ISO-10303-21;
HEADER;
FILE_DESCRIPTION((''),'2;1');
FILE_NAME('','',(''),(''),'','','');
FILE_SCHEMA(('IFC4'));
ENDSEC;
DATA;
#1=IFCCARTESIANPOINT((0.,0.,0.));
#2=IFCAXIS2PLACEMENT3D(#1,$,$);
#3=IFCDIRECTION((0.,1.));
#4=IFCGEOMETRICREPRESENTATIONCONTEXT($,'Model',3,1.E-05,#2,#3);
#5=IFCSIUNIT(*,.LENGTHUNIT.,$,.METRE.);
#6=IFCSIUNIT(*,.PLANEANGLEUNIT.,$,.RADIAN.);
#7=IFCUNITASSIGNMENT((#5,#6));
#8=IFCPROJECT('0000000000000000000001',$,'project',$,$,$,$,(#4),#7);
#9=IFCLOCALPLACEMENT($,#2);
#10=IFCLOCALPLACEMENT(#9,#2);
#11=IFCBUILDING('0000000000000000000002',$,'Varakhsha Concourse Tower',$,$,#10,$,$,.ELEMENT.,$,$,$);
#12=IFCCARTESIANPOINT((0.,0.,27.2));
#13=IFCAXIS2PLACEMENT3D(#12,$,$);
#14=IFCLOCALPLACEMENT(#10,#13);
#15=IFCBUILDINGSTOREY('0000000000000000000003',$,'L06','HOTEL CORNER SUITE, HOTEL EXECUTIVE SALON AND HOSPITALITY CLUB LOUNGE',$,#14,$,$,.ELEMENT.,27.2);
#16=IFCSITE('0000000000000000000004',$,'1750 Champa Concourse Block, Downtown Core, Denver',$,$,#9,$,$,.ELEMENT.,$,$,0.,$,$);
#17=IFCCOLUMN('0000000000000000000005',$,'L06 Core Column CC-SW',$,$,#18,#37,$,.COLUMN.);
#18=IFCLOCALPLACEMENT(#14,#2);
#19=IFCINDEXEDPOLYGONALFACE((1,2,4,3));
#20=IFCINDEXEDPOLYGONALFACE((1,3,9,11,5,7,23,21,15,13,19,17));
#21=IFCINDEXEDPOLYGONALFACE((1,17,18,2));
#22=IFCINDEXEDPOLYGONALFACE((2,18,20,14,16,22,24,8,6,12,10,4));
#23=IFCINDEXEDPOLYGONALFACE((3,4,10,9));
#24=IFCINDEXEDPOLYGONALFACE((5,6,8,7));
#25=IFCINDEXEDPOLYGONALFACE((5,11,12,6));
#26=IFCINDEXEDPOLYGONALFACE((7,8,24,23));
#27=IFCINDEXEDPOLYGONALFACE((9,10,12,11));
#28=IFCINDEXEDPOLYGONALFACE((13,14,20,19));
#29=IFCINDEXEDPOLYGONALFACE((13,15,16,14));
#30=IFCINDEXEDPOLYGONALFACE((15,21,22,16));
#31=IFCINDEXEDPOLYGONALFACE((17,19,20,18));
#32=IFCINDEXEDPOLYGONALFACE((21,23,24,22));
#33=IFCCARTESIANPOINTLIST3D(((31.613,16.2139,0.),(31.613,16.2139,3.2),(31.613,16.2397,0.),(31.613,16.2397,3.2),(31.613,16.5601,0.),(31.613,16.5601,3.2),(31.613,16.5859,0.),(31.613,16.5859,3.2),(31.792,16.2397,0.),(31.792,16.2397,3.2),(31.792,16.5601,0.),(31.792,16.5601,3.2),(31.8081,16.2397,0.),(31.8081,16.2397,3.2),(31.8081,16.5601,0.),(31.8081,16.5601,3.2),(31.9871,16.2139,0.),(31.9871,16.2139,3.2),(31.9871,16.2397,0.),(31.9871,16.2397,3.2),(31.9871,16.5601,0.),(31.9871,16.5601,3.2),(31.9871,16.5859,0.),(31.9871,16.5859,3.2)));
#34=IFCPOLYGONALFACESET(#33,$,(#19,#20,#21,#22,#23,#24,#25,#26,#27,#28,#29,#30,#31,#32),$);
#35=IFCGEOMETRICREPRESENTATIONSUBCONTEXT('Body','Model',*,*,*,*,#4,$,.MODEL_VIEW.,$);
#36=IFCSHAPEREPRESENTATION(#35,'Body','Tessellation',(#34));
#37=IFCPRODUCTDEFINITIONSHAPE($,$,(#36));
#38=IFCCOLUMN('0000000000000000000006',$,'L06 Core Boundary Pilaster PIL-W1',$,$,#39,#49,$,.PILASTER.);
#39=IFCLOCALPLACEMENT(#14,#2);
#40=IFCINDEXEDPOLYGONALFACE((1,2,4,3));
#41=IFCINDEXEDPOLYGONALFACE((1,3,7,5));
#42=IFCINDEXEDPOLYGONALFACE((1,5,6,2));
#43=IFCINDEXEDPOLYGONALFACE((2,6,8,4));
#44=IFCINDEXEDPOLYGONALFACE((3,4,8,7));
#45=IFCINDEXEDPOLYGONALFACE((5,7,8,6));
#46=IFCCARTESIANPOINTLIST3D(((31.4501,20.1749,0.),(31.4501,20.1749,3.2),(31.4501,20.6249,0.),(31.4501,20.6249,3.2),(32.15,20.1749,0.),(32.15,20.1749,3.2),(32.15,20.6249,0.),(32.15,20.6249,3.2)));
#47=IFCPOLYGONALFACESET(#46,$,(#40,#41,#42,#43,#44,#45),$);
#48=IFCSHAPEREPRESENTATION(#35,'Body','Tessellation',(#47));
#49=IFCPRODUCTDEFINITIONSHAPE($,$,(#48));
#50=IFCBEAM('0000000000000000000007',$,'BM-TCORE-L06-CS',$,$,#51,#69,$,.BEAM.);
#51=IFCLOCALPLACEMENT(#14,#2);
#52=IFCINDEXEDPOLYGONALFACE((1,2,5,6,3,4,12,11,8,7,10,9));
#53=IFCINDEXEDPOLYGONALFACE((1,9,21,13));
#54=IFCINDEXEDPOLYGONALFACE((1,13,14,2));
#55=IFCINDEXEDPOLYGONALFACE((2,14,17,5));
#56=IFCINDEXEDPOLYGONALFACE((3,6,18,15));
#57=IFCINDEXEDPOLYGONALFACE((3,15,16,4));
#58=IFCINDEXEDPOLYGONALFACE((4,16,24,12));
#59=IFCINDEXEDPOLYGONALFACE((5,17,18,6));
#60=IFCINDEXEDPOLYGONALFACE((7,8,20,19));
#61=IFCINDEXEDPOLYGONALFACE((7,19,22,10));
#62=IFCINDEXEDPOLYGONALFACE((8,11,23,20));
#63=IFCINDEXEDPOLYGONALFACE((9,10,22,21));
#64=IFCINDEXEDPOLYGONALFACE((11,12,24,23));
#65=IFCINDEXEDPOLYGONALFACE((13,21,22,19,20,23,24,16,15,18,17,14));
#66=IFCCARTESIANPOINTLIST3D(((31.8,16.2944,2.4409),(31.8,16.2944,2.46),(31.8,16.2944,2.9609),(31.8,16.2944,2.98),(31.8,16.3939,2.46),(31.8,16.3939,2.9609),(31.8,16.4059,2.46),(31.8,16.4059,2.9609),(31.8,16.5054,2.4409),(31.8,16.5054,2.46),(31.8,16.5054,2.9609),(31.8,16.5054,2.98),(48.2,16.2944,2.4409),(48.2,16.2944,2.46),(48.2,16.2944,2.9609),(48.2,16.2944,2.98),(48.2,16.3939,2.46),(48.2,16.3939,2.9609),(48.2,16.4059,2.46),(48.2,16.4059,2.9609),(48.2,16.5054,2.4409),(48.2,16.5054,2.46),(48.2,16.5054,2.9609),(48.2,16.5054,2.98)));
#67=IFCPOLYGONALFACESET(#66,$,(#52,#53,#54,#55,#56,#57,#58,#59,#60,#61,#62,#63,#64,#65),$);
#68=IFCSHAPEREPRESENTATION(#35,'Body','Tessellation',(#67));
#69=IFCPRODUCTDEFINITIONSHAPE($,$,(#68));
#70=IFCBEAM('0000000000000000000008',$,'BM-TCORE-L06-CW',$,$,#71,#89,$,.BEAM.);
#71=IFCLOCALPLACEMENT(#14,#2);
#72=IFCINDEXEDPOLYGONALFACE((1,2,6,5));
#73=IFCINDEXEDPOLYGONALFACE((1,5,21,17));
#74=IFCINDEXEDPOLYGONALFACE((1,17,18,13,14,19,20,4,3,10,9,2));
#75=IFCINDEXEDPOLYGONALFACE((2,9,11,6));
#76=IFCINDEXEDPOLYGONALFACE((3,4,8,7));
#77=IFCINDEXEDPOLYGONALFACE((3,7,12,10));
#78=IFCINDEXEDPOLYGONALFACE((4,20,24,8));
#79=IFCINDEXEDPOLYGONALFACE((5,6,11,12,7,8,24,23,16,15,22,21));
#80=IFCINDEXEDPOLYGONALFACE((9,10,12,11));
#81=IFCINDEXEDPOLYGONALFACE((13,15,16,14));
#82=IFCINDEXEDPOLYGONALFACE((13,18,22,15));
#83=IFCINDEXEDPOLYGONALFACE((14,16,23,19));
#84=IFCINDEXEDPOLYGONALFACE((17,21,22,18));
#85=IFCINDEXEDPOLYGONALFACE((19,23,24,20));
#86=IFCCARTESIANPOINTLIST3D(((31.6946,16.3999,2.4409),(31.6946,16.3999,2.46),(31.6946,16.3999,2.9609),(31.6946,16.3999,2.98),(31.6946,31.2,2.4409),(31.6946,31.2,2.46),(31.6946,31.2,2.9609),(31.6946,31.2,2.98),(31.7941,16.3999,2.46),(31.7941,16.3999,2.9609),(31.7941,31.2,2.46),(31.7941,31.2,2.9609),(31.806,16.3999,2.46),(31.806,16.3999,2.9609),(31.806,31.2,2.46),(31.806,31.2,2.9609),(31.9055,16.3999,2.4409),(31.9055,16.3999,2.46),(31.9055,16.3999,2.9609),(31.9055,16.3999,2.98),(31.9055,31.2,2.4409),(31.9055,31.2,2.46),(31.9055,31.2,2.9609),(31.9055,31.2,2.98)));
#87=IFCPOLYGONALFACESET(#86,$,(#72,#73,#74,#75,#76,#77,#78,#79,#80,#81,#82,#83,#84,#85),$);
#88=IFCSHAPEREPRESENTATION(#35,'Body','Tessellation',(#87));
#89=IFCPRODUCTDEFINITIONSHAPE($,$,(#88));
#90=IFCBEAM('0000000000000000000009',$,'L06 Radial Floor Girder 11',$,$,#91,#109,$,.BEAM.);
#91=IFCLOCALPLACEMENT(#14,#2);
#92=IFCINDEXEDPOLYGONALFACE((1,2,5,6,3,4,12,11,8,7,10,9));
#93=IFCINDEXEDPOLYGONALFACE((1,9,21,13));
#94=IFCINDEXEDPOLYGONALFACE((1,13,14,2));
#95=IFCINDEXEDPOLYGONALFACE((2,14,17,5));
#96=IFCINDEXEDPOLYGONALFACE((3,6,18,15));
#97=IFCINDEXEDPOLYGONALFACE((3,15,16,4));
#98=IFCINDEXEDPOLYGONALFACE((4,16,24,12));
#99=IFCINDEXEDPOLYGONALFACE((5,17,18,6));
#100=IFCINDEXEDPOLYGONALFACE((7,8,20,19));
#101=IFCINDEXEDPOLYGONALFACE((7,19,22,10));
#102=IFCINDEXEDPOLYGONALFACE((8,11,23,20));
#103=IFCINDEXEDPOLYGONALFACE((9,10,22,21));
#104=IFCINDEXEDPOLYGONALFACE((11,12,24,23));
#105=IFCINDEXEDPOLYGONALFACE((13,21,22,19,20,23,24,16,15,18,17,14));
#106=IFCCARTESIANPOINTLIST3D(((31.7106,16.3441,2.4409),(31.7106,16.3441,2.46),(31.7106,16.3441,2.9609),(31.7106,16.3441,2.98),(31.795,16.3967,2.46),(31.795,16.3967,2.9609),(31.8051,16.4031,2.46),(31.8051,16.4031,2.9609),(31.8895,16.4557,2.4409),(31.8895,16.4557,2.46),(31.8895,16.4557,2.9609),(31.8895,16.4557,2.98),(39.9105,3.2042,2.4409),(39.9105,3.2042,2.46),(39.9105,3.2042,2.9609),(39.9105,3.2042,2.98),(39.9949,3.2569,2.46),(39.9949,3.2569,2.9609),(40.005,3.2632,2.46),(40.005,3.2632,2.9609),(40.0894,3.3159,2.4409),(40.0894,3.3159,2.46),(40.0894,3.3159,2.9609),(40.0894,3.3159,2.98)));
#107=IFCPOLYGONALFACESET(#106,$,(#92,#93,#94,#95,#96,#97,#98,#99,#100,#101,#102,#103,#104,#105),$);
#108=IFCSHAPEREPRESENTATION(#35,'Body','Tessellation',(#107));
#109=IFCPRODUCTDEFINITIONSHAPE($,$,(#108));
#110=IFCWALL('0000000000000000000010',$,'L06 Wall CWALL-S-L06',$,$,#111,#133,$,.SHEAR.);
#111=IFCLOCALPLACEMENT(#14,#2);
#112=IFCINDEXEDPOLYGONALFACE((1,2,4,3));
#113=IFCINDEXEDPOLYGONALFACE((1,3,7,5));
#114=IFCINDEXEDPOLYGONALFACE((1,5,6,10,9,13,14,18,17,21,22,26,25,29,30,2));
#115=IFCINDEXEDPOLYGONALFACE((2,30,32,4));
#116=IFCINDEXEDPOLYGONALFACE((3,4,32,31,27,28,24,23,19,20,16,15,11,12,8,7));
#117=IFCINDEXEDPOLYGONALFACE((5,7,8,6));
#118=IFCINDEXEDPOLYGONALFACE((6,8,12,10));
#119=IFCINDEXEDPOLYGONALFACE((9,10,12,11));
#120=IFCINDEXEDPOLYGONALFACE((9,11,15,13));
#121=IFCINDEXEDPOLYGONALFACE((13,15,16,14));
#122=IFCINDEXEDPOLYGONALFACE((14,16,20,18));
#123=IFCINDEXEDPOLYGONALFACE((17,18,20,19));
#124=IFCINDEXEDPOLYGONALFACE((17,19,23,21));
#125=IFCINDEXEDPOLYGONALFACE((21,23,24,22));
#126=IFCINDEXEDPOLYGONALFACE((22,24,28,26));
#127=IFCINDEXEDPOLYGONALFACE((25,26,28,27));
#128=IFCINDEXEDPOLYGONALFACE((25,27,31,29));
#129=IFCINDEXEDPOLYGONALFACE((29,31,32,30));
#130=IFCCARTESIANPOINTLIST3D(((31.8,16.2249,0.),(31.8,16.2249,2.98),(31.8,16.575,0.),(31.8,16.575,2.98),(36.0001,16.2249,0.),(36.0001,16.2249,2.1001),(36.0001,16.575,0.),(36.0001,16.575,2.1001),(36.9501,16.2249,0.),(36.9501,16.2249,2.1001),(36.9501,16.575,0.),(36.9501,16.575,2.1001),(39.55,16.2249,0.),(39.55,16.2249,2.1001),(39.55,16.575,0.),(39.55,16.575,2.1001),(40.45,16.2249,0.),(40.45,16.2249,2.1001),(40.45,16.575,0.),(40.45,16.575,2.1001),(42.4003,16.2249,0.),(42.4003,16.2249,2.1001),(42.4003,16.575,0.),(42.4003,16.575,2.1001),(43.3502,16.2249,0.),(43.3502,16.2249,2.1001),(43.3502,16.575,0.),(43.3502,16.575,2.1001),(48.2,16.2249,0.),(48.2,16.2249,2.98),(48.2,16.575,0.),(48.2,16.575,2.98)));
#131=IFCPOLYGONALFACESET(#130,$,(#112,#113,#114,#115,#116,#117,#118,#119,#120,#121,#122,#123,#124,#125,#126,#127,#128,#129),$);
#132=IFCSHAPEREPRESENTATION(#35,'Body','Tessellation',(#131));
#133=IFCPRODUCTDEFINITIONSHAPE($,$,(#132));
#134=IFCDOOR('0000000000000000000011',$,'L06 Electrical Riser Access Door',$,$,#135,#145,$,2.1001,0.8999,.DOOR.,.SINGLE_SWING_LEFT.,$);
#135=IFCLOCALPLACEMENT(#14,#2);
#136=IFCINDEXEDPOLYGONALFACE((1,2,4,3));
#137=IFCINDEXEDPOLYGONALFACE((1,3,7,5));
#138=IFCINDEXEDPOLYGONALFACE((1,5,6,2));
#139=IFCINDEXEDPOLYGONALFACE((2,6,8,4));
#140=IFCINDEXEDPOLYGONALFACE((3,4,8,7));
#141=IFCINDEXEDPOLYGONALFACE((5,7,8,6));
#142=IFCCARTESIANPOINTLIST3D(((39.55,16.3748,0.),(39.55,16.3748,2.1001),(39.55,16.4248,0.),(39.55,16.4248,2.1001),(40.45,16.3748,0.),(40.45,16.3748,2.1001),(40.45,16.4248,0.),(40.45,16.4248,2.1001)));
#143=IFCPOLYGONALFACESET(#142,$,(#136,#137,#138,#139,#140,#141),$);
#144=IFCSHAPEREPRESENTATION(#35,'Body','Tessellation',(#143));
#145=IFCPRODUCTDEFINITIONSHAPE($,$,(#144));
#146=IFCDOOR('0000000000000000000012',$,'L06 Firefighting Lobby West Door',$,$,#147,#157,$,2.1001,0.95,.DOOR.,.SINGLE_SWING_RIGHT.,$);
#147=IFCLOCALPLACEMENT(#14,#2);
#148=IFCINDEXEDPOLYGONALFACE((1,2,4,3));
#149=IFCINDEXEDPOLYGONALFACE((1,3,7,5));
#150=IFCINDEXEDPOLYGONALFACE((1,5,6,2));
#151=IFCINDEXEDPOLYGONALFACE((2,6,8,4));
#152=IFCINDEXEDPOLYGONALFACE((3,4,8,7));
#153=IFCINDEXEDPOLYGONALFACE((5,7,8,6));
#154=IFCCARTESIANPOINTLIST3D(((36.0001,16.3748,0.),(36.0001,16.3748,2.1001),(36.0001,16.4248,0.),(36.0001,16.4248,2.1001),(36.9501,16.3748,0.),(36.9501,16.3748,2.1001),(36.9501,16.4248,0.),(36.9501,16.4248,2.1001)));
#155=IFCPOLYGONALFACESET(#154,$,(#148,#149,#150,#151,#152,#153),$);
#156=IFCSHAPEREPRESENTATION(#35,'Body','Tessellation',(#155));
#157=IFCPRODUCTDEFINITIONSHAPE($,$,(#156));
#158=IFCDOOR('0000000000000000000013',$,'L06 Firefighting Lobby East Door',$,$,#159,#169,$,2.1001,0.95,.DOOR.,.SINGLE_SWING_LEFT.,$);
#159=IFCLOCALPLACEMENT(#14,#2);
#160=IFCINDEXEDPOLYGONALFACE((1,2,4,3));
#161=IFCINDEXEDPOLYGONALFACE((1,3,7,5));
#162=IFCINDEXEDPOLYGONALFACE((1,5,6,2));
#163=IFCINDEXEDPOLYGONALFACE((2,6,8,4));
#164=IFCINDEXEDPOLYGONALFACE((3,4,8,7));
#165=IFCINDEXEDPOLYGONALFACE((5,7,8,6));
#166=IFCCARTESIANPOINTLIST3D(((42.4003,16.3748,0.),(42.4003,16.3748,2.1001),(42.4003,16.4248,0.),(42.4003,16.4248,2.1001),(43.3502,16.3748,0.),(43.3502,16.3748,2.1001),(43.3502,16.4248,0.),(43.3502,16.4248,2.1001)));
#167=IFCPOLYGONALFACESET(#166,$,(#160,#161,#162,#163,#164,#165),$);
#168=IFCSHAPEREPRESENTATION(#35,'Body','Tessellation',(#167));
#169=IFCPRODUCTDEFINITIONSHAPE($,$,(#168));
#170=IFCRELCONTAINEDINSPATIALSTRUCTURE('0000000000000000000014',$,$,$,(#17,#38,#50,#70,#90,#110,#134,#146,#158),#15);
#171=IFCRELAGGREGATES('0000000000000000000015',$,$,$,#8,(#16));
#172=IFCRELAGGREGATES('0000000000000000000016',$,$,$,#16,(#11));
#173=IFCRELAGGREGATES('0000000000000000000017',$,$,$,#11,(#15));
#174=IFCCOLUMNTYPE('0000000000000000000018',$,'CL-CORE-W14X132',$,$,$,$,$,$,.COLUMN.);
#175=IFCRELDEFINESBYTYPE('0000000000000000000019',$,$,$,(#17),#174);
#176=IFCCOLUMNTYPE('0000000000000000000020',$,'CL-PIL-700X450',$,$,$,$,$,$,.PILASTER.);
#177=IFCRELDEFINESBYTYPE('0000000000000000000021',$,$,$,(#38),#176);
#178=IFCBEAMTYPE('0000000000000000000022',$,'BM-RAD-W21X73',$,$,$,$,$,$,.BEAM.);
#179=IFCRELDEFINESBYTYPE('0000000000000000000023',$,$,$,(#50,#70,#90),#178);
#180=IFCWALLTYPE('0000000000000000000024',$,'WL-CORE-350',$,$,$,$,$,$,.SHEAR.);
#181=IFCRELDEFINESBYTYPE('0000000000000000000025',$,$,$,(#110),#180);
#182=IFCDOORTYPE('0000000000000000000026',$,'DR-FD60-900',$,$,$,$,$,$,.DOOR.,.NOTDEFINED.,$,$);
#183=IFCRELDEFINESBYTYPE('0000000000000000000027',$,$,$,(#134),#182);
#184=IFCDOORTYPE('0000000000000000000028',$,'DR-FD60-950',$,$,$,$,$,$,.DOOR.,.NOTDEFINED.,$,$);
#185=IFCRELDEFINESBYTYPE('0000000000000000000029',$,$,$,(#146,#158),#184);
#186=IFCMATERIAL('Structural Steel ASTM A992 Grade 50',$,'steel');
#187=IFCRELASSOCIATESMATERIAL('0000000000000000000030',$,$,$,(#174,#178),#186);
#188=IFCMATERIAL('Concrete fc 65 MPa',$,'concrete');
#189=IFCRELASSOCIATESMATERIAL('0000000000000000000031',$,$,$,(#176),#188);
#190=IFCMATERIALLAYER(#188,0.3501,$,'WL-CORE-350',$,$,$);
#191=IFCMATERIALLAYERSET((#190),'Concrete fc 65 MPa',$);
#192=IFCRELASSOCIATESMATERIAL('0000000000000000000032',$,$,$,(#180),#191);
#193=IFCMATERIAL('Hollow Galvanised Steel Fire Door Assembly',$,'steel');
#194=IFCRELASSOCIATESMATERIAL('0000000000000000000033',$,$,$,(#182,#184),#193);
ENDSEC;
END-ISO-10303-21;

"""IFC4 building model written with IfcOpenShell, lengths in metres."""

from ifc_helpers import new_model, si_unit, direction, frame, frame_2d, origin, origin_2d, place, context, subcontext, project, spatial, rectangle, i_section, extrude, material, layer, layer_set, material_profile, profile_set, type_object, element, fill, save


model = new_model("IFC4")

# Units and contexts
model_context = context("Model", 3, precision=1e-05, world=origin(), true_north=direction((0.0, 1.0)))
body_context = subcontext(model_context, "Body", "Model", "MODEL_VIEW")
ifc_project = project(units=[si_unit("LENGTHUNIT", "METRE"), si_unit("PLANEANGLEUNIT", "RADIAN")], contexts=[model_context])

# Site, building, storey
site_placement = place(None, origin())
site = spatial("IfcSite", under=ifc_project, at=site_placement, Name="1750 Champa Concourse Block, Downtown Core, Denver", CompositionType="ELEMENT", RefElevation=0.0)
building_placement = place(site_placement, origin())
building = spatial("IfcBuilding", under=site, at=building_placement, Name="Varakhsha Concourse Tower", CompositionType="ELEMENT")
storey_placement = place(building_placement, frame((0.0, 0.0, 27.2)))
storey = spatial("IfcBuildingStorey", under=building, at=storey_placement, Name="L06", Description="HOTEL CORNER SUITE, HOTEL EXECUTIVE SALON AND HOSPITALITY CLUB LOUNGE", CompositionType="ELEMENT", Elevation=27.2)

# Columns
ifc_material_1 = material(Name="Structural Steel ASTM A992 Grade 50", Category="steel")
ifc_material_profile_1 = material_profile(ifc_material_1, i_section(OverallWidth=0.374, OverallDepth=0.3721, WebThickness=0.0161, FlangeThickness=0.0259, at=origin_2d()), Name="W14X132")
ifc_profile_set_1 = profile_set([ifc_material_profile_1], Name="Structural Steel ASTM A992 Grade 50")
column_type_1 = type_object("IfcColumnType", Name="CL-CORE-W14X132", PredefinedType="COLUMN", material=ifc_profile_set_1)
column_1_placement = place(storey_placement, frame((31.8, 16.3999, 0.0), z_axis=(0.0, 0.0, 1.0), x_axis=(1.0, 0.0, 0.0)))
element("IfcColumn", 1, at=column_1_placement, inside=storey, type_object=column_type_1, Name="L06 Core Column CC-SW", PredefinedType="COLUMN", context=body_context, shape_type="SweptSolid", body=[
    extrude(i_section(OverallWidth=0.374, OverallDepth=0.3721, WebThickness=0.0161, FlangeThickness=0.0259, at=origin_2d()), origin(), (0.0, 0.0, 1.0), 3.2),
])
ifc_material_2 = material(Name="Concrete fc 65 MPa", Category="concrete")
ifc_material_profile_2 = material_profile(ifc_material_2, rectangle(XDim=0.7, YDim=0.45, at=origin_2d()), Name="RC 700x450")
ifc_profile_set_2 = profile_set([ifc_material_profile_2], Name="Concrete fc 65 MPa")
column_type_2 = type_object("IfcColumnType", Name="CL-PIL-700X450", PredefinedType="PILASTER", material=ifc_profile_set_2)
column_2_placement = place(storey_placement, frame((31.8, 20.3999, 0.0), z_axis=(0.0, 0.0, 1.0), x_axis=(1.0, 0.0, 0.0)))
element("IfcColumn", 2, at=column_2_placement, inside=storey, type_object=column_type_2, Name="L06 Core Boundary Pilaster PIL-W1", PredefinedType="PILASTER", context=body_context, shape_type="SweptSolid", body=[
    extrude(rectangle(XDim=0.7, YDim=0.45, at=origin_2d()), origin(), (0.0, 0.0, 1.0), 3.2),
])

# Beams
ifc_material_profile_3 = material_profile(ifc_material_1, i_section(OverallWidth=0.2109, OverallDepth=0.5391, WebThickness=0.012, FlangeThickness=0.019, at=origin_2d()), Name="W21X73")
ifc_profile_set_3 = profile_set([ifc_material_profile_3], Name="Structural Steel ASTM A992 Grade 50")
beam_type = type_object("IfcBeamType", Name="BM-RAD-W21X73", PredefinedType="BEAM", material=ifc_profile_set_3)
beam_1_placement = place(storey_placement, frame((31.8, 16.3999, 2.7104), z_axis=(1.0, 0.0, 0.0), x_axis=(0.0, 1.0, 0.0)))
element("IfcBeam", 3, at=beam_1_placement, inside=storey, type_object=beam_type, Name="BM-TCORE-L06-CS", PredefinedType="BEAM", context=body_context, shape_type="SweptSolid", body=[
    extrude(i_section(OverallWidth=0.2109, OverallDepth=0.5391, WebThickness=0.012, FlangeThickness=0.019, at=origin_2d()), origin(), (0.0, 0.0, 1.0), 16.3999),
])
beam_2_placement = place(storey_placement, frame((31.8, 16.3999, 2.7104), z_axis=(0.0, 1.0, 0.0), x_axis=(-1.0, 0.0, 0.0)))
element("IfcBeam", 4, at=beam_2_placement, inside=storey, type_object=beam_type, Name="BM-TCORE-L06-CW", PredefinedType="BEAM", context=body_context, shape_type="SweptSolid", body=[
    extrude(i_section(OverallWidth=0.2109, OverallDepth=0.5391, WebThickness=0.012, FlangeThickness=0.019, at=origin_2d()), origin(), (0.0, 0.0, 1.0), 14.8),
])
beam_3_placement = place(storey_placement, frame((31.8, 16.3999, 2.7104), z_axis=(0.529419, -0.84836, 0.0), x_axis=(0.84836, 0.529419, 0.0)))
element("IfcBeam", 5, at=beam_3_placement, inside=storey, type_object=beam_type, Name="L06 Radial Floor Girder 11", PredefinedType="BEAM", context=body_context, shape_type="SweptSolid", body=[
    extrude(i_section(OverallWidth=0.2109, OverallDepth=0.5391, WebThickness=0.012, FlangeThickness=0.019, at=origin_2d()), origin(), (0.0, 0.0, 1.0), 15.4885),
])

# Wall, openings, doors
ifc_layer_1 = layer(ifc_material_2, 0.3501, Name="WL-CORE-350")
ifc_layer_set_1 = layer_set([ifc_layer_1], Name="Concrete fc 65 MPa")
wall_type_1 = type_object("IfcWallType", Name="WL-CORE-350", PredefinedType="SHEAR", material=ifc_layer_set_1)
wall_1_placement = place(storey_placement, frame((31.8, 16.3999, 0.0), z_axis=(0.0, 0.0, 1.0), x_axis=(1.0, 0.0, 0.0)))
wall_1 = element("IfcWall", 6, at=wall_1_placement, inside=storey, type_object=wall_type_1, Name="L06 Wall CWALL-S-L06", PredefinedType="SHEAR", context=body_context, shape_type="SweptSolid", body=[
    extrude(rectangle(XDim=16.3999, YDim=0.3501, at=frame_2d((8.2, 0.0))), origin(), (0.0, 0.0, 1.0), 2.98),
])
opening_1_placement = place(wall_1_placement, frame((7.75, 0.0, 0.0)))
opening_1 = element("IfcOpeningElement", 7, at=opening_1_placement, cuts=wall_1, PredefinedType="OPENING", context=body_context, shape_type="SweptSolid", body=[
    extrude(rectangle(XDim=0.8999, YDim=2.1001, at=frame_2d((0.45, 1.05))), frame((0.0, 0.1851, 0.0), z_axis=(0.0, -1.0, 0.0), x_axis=(1.0, 0.0, 0.0)), (0.0, 0.0, 1.0), 0.3701),
])
opening_2_placement = place(wall_1_placement, frame((4.2, 0.0, 0.0)))
opening_2 = element("IfcOpeningElement", 8, at=opening_2_placement, cuts=wall_1, PredefinedType="OPENING", context=body_context, shape_type="SweptSolid", body=[
    extrude(rectangle(XDim=0.95, YDim=2.1001, at=frame_2d((0.4751, 1.05))), frame((0.0, 0.1851, 0.0), z_axis=(0.0, -1.0, 0.0), x_axis=(1.0, 0.0, 0.0)), (0.0, 0.0, 1.0), 0.3701),
])
opening_3_placement = place(wall_1_placement, frame((10.6001, 0.0, 0.0)))
opening_3 = element("IfcOpeningElement", 9, at=opening_3_placement, cuts=wall_1, PredefinedType="OPENING", context=body_context, shape_type="SweptSolid", body=[
    extrude(rectangle(XDim=0.95, YDim=2.1001, at=frame_2d((0.4751, 1.05))), frame((0.0, 0.1851, 0.0), z_axis=(0.0, -1.0, 0.0), x_axis=(1.0, 0.0, 0.0)), (0.0, 0.0, 1.0), 0.3701),
])
ifc_material_3 = material(Name="Hollow Galvanised Steel Fire Door Assembly", Category="steel")
door_type_1 = type_object("IfcDoorType", Name="DR-FD60-900", OperationType="NOTDEFINED", PredefinedType="DOOR", material=ifc_material_3)
door_1_placement = place(opening_1_placement, origin())
door_1 = element("IfcDoor", 10, at=door_1_placement, inside=storey, type_object=door_type_1, Name="L06 Electrical Riser Access Door", OperationType="SINGLE_SWING_LEFT", OverallHeight=2.1001, OverallWidth=0.8999, PredefinedType="DOOR", context=body_context, shape_type="SweptSolid", body=[
    extrude(rectangle(XDim=0.8999, YDim=2.1001, at=frame_2d((0.45, 1.05))), frame((0.0, 0.0249, 0.0), z_axis=(0.0, -1.0, 0.0), x_axis=(1.0, 0.0, 0.0)), (0.0, 0.0, 1.0), 0.05),
])
fill(opening_1, door_1)
door_type_2 = type_object("IfcDoorType", Name="DR-FD60-950", OperationType="NOTDEFINED", PredefinedType="DOOR", material=ifc_material_3)
door_2_placement = place(opening_2_placement, origin())
door_2 = element("IfcDoor", 11, at=door_2_placement, inside=storey, type_object=door_type_2, Name="L06 Firefighting Lobby West Door", OperationType="SINGLE_SWING_RIGHT", OverallHeight=2.1001, OverallWidth=0.95, PredefinedType="DOOR", context=body_context, shape_type="SweptSolid", body=[
    extrude(rectangle(XDim=0.95, YDim=2.1001, at=frame_2d((0.4751, 1.05))), frame((0.0, 0.0249, 0.0), z_axis=(0.0, -1.0, 0.0), x_axis=(1.0, 0.0, 0.0)), (0.0, 0.0, 1.0), 0.05),
])
fill(opening_2, door_2)
door_3_placement = place(opening_3_placement, origin())
door_3 = element("IfcDoor", 12, at=door_3_placement, inside=storey, type_object=door_type_2, Name="L06 Firefighting Lobby East Door", OperationType="SINGLE_SWING_LEFT", OverallHeight=2.1001, OverallWidth=0.95, PredefinedType="DOOR", context=body_context, shape_type="SweptSolid", body=[
    extrude(rectangle(XDim=0.95, YDim=2.1001, at=frame_2d((0.4751, 1.05))), frame((0.0, 0.0249, 0.0), z_axis=(0.0, -1.0, 0.0), x_axis=(1.0, 0.0, 0.0)), (0.0, 0.0, 1.0), 0.05),
])
fill(opening_3, door_3)

save(model, "model.ifc")
